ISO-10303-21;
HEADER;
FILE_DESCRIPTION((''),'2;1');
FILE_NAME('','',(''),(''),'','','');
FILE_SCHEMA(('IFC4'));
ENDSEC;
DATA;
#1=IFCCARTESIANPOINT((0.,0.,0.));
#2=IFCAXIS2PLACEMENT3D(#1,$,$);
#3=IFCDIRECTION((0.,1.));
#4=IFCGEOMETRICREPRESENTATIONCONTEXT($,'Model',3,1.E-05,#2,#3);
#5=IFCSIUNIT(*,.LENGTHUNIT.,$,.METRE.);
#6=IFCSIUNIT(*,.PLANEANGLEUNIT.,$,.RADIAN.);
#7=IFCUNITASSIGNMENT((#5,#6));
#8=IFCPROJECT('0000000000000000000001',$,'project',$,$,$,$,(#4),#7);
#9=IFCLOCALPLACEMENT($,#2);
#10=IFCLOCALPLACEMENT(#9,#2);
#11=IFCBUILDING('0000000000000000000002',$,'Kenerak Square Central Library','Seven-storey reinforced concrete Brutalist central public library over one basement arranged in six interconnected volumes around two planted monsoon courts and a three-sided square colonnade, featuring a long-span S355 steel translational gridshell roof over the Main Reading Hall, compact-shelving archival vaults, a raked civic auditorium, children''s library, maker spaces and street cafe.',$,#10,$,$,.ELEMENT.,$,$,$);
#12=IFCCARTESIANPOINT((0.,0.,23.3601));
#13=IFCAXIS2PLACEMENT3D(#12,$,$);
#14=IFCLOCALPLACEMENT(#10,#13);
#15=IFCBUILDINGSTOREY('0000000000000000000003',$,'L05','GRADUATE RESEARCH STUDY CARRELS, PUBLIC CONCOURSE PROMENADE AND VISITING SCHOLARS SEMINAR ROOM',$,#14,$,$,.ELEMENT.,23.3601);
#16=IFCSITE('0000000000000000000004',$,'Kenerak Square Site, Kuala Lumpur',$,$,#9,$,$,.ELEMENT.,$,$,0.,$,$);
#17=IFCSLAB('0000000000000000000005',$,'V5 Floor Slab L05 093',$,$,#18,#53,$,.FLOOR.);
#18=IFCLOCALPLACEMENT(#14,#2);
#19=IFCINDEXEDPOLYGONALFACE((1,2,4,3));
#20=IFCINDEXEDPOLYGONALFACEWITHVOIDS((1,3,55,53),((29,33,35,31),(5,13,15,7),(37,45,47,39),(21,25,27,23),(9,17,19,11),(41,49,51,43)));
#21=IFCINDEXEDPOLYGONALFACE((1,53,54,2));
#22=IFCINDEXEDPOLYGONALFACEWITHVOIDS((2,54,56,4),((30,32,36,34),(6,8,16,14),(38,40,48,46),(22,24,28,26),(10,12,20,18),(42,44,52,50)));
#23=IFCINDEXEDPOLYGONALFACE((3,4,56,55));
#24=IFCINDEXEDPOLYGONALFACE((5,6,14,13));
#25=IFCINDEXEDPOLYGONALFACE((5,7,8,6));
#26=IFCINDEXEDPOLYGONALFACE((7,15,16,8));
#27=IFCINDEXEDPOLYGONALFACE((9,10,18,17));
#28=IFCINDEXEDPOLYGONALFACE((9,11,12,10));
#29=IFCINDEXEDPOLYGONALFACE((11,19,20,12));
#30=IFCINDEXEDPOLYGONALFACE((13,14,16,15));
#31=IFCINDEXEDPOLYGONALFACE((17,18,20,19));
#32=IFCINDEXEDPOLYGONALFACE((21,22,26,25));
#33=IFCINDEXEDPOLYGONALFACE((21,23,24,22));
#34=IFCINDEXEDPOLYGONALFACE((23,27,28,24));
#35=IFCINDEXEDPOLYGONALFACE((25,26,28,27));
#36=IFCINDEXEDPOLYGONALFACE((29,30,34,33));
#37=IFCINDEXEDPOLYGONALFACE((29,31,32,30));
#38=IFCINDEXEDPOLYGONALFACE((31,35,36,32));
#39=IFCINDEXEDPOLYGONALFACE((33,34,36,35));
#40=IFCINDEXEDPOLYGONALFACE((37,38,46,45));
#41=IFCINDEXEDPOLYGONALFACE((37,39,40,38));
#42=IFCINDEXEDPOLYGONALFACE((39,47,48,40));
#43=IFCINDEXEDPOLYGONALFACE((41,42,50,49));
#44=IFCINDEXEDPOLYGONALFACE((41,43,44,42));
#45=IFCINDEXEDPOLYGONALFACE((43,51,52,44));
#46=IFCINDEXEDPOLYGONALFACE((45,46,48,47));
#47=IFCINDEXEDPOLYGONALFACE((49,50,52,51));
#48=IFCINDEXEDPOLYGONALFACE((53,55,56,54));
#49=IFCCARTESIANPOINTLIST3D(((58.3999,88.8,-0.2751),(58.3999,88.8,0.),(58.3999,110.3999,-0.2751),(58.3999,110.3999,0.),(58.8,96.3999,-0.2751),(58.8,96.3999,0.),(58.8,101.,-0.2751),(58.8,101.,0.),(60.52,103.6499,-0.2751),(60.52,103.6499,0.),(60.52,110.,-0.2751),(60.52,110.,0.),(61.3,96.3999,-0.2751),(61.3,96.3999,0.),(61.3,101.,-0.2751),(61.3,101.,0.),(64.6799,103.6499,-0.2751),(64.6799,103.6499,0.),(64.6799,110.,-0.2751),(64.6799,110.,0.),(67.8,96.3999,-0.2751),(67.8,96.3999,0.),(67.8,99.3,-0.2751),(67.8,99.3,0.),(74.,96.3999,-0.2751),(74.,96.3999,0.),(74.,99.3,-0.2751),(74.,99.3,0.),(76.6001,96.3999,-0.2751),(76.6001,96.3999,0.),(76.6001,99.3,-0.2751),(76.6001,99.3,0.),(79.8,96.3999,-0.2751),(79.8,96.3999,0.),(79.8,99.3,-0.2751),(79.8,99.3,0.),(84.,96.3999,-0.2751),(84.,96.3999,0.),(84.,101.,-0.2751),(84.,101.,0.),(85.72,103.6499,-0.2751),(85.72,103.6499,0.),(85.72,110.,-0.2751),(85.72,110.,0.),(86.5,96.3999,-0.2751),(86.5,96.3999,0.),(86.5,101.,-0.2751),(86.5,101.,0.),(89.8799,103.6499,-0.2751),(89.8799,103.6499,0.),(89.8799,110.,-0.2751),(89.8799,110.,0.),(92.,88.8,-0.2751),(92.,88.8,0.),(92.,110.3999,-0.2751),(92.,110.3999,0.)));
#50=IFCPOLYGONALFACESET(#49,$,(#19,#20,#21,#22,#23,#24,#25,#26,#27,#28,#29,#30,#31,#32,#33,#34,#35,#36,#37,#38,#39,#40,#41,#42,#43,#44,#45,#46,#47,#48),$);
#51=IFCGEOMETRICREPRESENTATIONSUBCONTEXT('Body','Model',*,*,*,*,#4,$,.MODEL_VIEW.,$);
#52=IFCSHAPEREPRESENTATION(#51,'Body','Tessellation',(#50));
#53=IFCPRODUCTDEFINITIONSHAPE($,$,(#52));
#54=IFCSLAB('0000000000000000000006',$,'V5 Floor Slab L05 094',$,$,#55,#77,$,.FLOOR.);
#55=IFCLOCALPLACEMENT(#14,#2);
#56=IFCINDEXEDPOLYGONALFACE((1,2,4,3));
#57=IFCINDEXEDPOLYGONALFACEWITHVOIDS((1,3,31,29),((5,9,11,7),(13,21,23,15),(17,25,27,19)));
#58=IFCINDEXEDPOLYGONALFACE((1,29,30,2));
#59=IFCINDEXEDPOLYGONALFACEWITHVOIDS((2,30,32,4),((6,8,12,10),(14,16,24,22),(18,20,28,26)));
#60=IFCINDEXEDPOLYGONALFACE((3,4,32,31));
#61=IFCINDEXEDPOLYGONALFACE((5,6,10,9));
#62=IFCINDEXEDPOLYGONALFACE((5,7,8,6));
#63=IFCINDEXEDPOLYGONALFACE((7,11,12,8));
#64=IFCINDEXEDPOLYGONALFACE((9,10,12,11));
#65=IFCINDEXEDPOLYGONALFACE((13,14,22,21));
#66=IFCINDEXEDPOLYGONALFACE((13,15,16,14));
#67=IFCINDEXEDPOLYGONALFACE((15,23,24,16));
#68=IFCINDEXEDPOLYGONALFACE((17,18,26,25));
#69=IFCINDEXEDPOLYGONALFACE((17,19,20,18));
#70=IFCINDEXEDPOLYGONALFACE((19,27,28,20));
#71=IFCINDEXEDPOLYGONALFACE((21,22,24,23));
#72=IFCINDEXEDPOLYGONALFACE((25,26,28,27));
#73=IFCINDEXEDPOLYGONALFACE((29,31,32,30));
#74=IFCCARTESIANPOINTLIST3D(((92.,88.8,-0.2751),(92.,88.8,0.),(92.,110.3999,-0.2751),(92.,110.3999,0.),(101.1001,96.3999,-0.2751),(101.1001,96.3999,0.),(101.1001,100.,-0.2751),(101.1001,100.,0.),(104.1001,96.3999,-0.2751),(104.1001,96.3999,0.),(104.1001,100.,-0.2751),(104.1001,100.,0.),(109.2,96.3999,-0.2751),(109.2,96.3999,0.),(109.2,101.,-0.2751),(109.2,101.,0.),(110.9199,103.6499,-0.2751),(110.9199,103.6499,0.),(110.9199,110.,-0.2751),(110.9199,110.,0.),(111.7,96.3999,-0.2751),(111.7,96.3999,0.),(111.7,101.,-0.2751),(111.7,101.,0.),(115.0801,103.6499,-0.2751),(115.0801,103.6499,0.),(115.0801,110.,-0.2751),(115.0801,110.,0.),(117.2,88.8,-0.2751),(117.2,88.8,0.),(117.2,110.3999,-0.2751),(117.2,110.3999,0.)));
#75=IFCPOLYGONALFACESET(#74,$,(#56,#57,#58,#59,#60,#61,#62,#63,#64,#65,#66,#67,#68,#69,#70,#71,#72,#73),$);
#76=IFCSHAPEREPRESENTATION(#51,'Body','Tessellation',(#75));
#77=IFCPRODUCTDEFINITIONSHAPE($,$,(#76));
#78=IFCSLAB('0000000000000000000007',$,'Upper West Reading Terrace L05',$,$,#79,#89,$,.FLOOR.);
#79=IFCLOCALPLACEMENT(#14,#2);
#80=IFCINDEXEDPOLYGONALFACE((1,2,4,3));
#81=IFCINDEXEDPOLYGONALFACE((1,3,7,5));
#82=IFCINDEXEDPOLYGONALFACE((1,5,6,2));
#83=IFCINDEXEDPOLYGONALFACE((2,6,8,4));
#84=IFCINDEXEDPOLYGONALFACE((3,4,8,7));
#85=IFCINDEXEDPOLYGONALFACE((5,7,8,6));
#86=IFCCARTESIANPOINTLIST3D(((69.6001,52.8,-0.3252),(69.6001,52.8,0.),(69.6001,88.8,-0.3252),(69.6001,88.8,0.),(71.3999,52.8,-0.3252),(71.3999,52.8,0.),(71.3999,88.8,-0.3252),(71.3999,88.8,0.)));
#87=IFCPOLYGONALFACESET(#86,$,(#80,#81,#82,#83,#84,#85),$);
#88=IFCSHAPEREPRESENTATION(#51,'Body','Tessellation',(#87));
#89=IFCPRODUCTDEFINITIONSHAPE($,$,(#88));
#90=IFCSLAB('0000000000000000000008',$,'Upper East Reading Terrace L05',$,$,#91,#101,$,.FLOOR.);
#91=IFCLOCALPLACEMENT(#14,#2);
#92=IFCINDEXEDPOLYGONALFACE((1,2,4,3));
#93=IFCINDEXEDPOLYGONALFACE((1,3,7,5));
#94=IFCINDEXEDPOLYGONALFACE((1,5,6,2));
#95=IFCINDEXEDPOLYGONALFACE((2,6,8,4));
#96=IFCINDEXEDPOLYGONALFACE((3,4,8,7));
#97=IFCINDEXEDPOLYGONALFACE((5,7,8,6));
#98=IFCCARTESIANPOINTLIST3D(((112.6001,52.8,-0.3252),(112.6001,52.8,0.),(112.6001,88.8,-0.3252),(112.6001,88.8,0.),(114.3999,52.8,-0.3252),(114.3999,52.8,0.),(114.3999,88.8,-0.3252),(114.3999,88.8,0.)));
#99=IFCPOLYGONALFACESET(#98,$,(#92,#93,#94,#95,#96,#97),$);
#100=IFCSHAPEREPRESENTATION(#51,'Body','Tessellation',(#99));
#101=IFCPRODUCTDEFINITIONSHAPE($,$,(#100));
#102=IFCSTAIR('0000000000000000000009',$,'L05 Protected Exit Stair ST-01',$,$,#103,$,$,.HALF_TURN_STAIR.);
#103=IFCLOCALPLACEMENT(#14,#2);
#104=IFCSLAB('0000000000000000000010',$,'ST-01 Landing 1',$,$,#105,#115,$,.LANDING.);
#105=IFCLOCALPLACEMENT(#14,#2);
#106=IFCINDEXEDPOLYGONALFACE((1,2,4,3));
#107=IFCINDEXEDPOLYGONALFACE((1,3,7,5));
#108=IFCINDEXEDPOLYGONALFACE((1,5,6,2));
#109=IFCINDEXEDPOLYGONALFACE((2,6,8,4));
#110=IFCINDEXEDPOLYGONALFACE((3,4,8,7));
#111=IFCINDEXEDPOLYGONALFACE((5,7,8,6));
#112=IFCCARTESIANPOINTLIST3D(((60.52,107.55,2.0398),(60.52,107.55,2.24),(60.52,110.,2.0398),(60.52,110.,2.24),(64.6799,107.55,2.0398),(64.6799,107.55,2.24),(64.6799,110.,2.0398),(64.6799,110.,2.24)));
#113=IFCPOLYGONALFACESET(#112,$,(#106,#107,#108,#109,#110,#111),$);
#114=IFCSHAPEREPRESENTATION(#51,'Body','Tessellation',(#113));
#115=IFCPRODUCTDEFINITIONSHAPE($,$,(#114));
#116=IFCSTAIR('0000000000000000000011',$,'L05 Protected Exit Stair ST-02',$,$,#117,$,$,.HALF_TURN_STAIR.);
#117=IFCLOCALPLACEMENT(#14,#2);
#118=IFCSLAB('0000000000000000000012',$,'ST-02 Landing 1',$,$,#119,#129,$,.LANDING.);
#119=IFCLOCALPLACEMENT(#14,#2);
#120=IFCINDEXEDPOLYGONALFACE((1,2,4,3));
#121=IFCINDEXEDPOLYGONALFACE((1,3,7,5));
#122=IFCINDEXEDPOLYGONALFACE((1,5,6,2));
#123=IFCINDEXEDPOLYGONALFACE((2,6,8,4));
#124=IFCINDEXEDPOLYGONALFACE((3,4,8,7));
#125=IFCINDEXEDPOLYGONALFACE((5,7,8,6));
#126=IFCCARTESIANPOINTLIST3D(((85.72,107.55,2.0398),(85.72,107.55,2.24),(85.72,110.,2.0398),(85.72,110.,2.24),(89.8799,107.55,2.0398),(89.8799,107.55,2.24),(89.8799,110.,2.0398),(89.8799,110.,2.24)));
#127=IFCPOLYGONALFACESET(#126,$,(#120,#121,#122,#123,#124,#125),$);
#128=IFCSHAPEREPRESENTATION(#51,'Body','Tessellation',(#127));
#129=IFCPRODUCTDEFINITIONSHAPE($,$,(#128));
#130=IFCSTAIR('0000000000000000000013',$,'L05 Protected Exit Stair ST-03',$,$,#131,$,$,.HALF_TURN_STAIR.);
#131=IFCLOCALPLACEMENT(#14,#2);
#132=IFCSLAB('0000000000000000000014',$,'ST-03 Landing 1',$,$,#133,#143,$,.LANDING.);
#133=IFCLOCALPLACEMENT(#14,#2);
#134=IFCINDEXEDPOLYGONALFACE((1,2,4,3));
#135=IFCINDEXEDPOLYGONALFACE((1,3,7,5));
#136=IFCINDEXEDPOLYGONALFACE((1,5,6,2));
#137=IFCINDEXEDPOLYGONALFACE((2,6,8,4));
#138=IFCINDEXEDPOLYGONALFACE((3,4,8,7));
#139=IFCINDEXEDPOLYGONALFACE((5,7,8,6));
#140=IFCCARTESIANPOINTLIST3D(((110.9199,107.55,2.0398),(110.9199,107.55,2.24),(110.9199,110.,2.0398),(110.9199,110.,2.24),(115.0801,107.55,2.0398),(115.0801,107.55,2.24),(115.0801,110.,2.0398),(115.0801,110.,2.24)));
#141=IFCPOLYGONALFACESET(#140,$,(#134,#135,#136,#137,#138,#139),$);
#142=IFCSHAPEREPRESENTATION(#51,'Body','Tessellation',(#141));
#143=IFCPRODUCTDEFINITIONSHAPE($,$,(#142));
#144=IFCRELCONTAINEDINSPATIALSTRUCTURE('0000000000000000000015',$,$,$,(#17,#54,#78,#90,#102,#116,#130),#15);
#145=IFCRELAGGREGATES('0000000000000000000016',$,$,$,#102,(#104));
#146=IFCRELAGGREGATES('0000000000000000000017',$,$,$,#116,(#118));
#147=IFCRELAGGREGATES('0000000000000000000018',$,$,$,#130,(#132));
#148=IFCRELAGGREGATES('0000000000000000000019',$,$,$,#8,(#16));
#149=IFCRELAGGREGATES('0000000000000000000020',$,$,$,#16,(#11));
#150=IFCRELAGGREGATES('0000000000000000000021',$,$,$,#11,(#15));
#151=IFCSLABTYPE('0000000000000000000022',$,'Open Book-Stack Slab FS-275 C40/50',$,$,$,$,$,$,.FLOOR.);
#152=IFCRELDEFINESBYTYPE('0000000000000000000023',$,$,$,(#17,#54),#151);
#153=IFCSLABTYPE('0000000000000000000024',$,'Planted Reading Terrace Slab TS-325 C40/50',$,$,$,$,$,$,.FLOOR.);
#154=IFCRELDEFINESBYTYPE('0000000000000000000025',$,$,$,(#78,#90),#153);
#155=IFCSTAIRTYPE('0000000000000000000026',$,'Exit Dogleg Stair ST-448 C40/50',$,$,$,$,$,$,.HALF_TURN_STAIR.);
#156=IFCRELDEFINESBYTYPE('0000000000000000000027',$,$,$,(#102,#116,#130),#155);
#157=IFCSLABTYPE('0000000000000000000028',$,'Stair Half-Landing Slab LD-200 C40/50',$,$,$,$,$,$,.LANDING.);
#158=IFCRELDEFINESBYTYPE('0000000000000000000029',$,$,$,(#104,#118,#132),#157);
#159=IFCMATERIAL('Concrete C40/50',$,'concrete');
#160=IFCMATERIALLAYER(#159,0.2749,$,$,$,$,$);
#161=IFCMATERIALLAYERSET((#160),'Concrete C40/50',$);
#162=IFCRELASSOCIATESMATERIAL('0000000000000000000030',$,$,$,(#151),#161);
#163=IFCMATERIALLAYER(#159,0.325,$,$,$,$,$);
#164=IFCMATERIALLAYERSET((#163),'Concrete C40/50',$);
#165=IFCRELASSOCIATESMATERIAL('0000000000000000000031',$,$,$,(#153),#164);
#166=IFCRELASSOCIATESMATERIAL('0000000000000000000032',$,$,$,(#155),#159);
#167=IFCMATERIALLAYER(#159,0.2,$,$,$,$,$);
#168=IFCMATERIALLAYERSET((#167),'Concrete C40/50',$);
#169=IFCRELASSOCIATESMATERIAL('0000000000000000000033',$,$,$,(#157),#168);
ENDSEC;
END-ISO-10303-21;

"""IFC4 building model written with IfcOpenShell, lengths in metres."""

from ifc_helpers import new_model, si_unit, direction, frame, origin, place, context, subcontext, project, spatial, polyline, outline, extrude, material, layer, layer_set, type_object, element, aggregate, save


model = new_model("IFC4")

# Units and contexts
model_context = context("Model", 3, precision=1e-05, world=origin(), true_north=direction((0.0, 1.0)))
body_context = subcontext(model_context, "Body", "Model", "MODEL_VIEW")
ifc_project = project(units=[si_unit("LENGTHUNIT", "METRE"), si_unit("PLANEANGLEUNIT", "RADIAN")], contexts=[model_context])

# Site, building, storey
site_placement = place(None, origin())
site = spatial("IfcSite", under=ifc_project, at=site_placement, Name="Kenerak Square Site, Kuala Lumpur", CompositionType="ELEMENT", RefElevation=0.0)
building_placement = place(site_placement, origin())
building = spatial("IfcBuilding", under=site, at=building_placement, Name="Kenerak Square Central Library", Description="Seven-storey reinforced concrete Brutalist central public library over one basement arranged in six interconnected volumes around two planted monsoon courts and a three-sided square colonnade, featuring a long-span S355 steel translational gridshell roof over the Main Reading Hall, compact-shelving archival vaults, a raked civic auditorium, children's library, maker spaces and street cafe.", CompositionType="ELEMENT")
storey_placement = place(building_placement, frame((0.0, 0.0, 23.3601)))
storey = spatial("IfcBuildingStorey", under=building, at=storey_placement, Name="L05", Description="GRADUATE RESEARCH STUDY CARRELS, PUBLIC CONCOURSE PROMENADE AND VISITING SCHOLARS SEMINAR ROOM", CompositionType="ELEMENT", Elevation=23.3601)

# Slabs
ifc_material_1 = material(Name="Concrete C40/50", Category="concrete")
ifc_layer_1 = layer(ifc_material_1, 0.2749)
ifc_layer_set_1 = layer_set([ifc_layer_1], Name="Concrete C40/50")
slab_type_1 = type_object("IfcSlabType", Name="Open Book-Stack Slab FS-275 C40/50", PredefinedType="FLOOR", material=ifc_layer_set_1)
slab_1_placement = place(storey_placement, frame((0.0, 0.0, -0.2751)))
element("IfcSlab", 1, at=slab_1_placement, inside=storey, type_object=slab_type_1, Name="V5 Floor Slab L05 093", PredefinedType="FLOOR", context=body_context, shape_type="SweptSolid", body=[
    extrude(outline(polyline([(58.3999, 88.8), (58.3999, 110.3999), (92.0, 110.3999), (92.0, 88.8), (58.3999, 88.8)]), holes=[polyline([(64.6799, 103.6499), (64.6799, 110.0), (60.52, 110.0), (60.52, 103.6499), (64.6799, 103.6499)]), polyline([(89.8799, 103.6499), (89.8799, 110.0), (85.72, 110.0), (85.72, 103.6499), (89.8799, 103.6499)]), polyline([(67.8, 96.3999), (74.0, 96.3999), (74.0, 99.3), (67.8, 99.3), (67.8, 96.3999)]), polyline([(76.6001, 96.3999), (79.8, 96.3999), (79.8, 99.3), (76.6001, 99.3), (76.6001, 96.3999)]), polyline([(58.8, 96.3999), (61.3, 96.3999), (61.3, 101.0), (58.8, 101.0), (58.8, 96.3999)]), polyline([(84.0, 96.3999), (86.5, 96.3999), (86.5, 101.0), (84.0, 101.0), (84.0, 96.3999)])]), origin(), (0.0, 0.0, 1.0), 0.2751),
])
slab_2_placement = place(storey_placement, frame((0.0, 0.0, -0.2751)))
element("IfcSlab", 2, at=slab_2_placement, inside=storey, type_object=slab_type_1, Name="V5 Floor Slab L05 094", PredefinedType="FLOOR", context=body_context, shape_type="SweptSolid", body=[
    extrude(outline(polyline([(92.0, 88.8), (92.0, 110.3999), (117.2, 110.3999), (117.2, 88.8), (92.0, 88.8)]), holes=[polyline([(115.0801, 103.6499), (115.0801, 110.0), (110.9199, 110.0), (110.9199, 103.6499), (115.0801, 103.6499)]), polyline([(109.2, 96.3999), (111.7, 96.3999), (111.7, 101.0), (109.2, 101.0), (109.2, 96.3999)]), polyline([(101.1001, 96.3999), (104.1001, 96.3999), (104.1001, 100.0), (101.1001, 100.0), (101.1001, 96.3999)])]), origin(), (0.0, 0.0, 1.0), 0.2751),
])
ifc_layer_2 = layer(ifc_material_1, 0.325)
ifc_layer_set_2 = layer_set([ifc_layer_2], Name="Concrete C40/50")
slab_type_2 = type_object("IfcSlabType", Name="Planted Reading Terrace Slab TS-325 C40/50", PredefinedType="FLOOR", material=ifc_layer_set_2)
slab_3_placement = place(storey_placement, frame((0.0, 0.0, -0.3252)))
element("IfcSlab", 3, at=slab_3_placement, inside=storey, type_object=slab_type_2, Name="Upper West Reading Terrace L05", PredefinedType="FLOOR", context=body_context, shape_type="SweptSolid", body=[
    extrude(outline(polyline([(69.6001, 52.8), (71.3999, 52.8), (71.3999, 88.8), (69.6001, 88.8), (69.6001, 52.8)])), origin(), (0.0, 0.0, 1.0), 0.3252),
])
slab_4_placement = place(storey_placement, frame((0.0, 0.0, -0.3252)))
element("IfcSlab", 4, at=slab_4_placement, inside=storey, type_object=slab_type_2, Name="Upper East Reading Terrace L05", PredefinedType="FLOOR", context=body_context, shape_type="SweptSolid", body=[
    extrude(outline(polyline([(112.6001, 52.8), (114.3999, 52.8), (114.3999, 88.8), (112.6001, 88.8), (112.6001, 52.8)])), origin(), (0.0, 0.0, 1.0), 0.3252),
])

# Stairs, slabs
stair_type = type_object("IfcStairType", Name="Exit Dogleg Stair ST-448 C40/50", PredefinedType="HALF_TURN_STAIR", material=ifc_material_1)
stair_1_placement = place(storey_placement, origin())
stair_1 = element("IfcStair", 5, at=stair_1_placement, inside=storey, type_object=stair_type, Name="L05 Protected Exit Stair ST-01", PredefinedType="HALF_TURN_STAIR")
ifc_layer_3 = layer(ifc_material_1, 0.2)
ifc_layer_set_3 = layer_set([ifc_layer_3], Name="Concrete C40/50")
slab_type_3 = type_object("IfcSlabType", Name="Stair Half-Landing Slab LD-200 C40/50", PredefinedType="LANDING", material=ifc_layer_set_3)
slab_5_placement = place(storey_placement, frame((0.0, 0.0, 2.0398)))
slab_5 = element("IfcSlab", 6, at=slab_5_placement, type_object=slab_type_3, Name="ST-01 Landing 1", PredefinedType="LANDING", context=body_context, shape_type="SweptSolid", body=[
    extrude(outline(polyline([(64.6799, 107.55), (64.6799, 110.0), (60.52, 110.0), (60.52, 107.55), (64.6799, 107.55)])), origin(), (0.0, 0.0, 1.0), 0.2002),
])
aggregate(stair_1, [slab_5])
stair_2_placement = place(storey_placement, origin())
stair_2 = element("IfcStair", 7, at=stair_2_placement, inside=storey, type_object=stair_type, Name="L05 Protected Exit Stair ST-02", PredefinedType="HALF_TURN_STAIR")
slab_6_placement = place(storey_placement, frame((0.0, 0.0, 2.0398)))
slab_6 = element("IfcSlab", 8, at=slab_6_placement, type_object=slab_type_3, Name="ST-02 Landing 1", PredefinedType="LANDING", context=body_context, shape_type="SweptSolid", body=[
    extrude(outline(polyline([(89.8799, 107.55), (89.8799, 110.0), (85.72, 110.0), (85.72, 107.55), (89.8799, 107.55)])), origin(), (0.0, 0.0, 1.0), 0.2002),
])
aggregate(stair_2, [slab_6])
stair_3_placement = place(storey_placement, origin())
stair_3 = element("IfcStair", 9, at=stair_3_placement, inside=storey, type_object=stair_type, Name="L05 Protected Exit Stair ST-03", PredefinedType="HALF_TURN_STAIR")
slab_7_placement = place(storey_placement, frame((0.0, 0.0, 2.0398)))
slab_7 = element("IfcSlab", 10, at=slab_7_placement, type_object=slab_type_3, Name="ST-03 Landing 1", PredefinedType="LANDING", context=body_context, shape_type="SweptSolid", body=[
    extrude(outline(polyline([(115.0801, 107.55), (115.0801, 110.0), (110.9199, 110.0), (110.9199, 107.55), (115.0801, 107.55)])), origin(), (0.0, 0.0, 1.0), 0.2002),
])
aggregate(stair_3, [slab_7])

save(model, "model.ifc")
